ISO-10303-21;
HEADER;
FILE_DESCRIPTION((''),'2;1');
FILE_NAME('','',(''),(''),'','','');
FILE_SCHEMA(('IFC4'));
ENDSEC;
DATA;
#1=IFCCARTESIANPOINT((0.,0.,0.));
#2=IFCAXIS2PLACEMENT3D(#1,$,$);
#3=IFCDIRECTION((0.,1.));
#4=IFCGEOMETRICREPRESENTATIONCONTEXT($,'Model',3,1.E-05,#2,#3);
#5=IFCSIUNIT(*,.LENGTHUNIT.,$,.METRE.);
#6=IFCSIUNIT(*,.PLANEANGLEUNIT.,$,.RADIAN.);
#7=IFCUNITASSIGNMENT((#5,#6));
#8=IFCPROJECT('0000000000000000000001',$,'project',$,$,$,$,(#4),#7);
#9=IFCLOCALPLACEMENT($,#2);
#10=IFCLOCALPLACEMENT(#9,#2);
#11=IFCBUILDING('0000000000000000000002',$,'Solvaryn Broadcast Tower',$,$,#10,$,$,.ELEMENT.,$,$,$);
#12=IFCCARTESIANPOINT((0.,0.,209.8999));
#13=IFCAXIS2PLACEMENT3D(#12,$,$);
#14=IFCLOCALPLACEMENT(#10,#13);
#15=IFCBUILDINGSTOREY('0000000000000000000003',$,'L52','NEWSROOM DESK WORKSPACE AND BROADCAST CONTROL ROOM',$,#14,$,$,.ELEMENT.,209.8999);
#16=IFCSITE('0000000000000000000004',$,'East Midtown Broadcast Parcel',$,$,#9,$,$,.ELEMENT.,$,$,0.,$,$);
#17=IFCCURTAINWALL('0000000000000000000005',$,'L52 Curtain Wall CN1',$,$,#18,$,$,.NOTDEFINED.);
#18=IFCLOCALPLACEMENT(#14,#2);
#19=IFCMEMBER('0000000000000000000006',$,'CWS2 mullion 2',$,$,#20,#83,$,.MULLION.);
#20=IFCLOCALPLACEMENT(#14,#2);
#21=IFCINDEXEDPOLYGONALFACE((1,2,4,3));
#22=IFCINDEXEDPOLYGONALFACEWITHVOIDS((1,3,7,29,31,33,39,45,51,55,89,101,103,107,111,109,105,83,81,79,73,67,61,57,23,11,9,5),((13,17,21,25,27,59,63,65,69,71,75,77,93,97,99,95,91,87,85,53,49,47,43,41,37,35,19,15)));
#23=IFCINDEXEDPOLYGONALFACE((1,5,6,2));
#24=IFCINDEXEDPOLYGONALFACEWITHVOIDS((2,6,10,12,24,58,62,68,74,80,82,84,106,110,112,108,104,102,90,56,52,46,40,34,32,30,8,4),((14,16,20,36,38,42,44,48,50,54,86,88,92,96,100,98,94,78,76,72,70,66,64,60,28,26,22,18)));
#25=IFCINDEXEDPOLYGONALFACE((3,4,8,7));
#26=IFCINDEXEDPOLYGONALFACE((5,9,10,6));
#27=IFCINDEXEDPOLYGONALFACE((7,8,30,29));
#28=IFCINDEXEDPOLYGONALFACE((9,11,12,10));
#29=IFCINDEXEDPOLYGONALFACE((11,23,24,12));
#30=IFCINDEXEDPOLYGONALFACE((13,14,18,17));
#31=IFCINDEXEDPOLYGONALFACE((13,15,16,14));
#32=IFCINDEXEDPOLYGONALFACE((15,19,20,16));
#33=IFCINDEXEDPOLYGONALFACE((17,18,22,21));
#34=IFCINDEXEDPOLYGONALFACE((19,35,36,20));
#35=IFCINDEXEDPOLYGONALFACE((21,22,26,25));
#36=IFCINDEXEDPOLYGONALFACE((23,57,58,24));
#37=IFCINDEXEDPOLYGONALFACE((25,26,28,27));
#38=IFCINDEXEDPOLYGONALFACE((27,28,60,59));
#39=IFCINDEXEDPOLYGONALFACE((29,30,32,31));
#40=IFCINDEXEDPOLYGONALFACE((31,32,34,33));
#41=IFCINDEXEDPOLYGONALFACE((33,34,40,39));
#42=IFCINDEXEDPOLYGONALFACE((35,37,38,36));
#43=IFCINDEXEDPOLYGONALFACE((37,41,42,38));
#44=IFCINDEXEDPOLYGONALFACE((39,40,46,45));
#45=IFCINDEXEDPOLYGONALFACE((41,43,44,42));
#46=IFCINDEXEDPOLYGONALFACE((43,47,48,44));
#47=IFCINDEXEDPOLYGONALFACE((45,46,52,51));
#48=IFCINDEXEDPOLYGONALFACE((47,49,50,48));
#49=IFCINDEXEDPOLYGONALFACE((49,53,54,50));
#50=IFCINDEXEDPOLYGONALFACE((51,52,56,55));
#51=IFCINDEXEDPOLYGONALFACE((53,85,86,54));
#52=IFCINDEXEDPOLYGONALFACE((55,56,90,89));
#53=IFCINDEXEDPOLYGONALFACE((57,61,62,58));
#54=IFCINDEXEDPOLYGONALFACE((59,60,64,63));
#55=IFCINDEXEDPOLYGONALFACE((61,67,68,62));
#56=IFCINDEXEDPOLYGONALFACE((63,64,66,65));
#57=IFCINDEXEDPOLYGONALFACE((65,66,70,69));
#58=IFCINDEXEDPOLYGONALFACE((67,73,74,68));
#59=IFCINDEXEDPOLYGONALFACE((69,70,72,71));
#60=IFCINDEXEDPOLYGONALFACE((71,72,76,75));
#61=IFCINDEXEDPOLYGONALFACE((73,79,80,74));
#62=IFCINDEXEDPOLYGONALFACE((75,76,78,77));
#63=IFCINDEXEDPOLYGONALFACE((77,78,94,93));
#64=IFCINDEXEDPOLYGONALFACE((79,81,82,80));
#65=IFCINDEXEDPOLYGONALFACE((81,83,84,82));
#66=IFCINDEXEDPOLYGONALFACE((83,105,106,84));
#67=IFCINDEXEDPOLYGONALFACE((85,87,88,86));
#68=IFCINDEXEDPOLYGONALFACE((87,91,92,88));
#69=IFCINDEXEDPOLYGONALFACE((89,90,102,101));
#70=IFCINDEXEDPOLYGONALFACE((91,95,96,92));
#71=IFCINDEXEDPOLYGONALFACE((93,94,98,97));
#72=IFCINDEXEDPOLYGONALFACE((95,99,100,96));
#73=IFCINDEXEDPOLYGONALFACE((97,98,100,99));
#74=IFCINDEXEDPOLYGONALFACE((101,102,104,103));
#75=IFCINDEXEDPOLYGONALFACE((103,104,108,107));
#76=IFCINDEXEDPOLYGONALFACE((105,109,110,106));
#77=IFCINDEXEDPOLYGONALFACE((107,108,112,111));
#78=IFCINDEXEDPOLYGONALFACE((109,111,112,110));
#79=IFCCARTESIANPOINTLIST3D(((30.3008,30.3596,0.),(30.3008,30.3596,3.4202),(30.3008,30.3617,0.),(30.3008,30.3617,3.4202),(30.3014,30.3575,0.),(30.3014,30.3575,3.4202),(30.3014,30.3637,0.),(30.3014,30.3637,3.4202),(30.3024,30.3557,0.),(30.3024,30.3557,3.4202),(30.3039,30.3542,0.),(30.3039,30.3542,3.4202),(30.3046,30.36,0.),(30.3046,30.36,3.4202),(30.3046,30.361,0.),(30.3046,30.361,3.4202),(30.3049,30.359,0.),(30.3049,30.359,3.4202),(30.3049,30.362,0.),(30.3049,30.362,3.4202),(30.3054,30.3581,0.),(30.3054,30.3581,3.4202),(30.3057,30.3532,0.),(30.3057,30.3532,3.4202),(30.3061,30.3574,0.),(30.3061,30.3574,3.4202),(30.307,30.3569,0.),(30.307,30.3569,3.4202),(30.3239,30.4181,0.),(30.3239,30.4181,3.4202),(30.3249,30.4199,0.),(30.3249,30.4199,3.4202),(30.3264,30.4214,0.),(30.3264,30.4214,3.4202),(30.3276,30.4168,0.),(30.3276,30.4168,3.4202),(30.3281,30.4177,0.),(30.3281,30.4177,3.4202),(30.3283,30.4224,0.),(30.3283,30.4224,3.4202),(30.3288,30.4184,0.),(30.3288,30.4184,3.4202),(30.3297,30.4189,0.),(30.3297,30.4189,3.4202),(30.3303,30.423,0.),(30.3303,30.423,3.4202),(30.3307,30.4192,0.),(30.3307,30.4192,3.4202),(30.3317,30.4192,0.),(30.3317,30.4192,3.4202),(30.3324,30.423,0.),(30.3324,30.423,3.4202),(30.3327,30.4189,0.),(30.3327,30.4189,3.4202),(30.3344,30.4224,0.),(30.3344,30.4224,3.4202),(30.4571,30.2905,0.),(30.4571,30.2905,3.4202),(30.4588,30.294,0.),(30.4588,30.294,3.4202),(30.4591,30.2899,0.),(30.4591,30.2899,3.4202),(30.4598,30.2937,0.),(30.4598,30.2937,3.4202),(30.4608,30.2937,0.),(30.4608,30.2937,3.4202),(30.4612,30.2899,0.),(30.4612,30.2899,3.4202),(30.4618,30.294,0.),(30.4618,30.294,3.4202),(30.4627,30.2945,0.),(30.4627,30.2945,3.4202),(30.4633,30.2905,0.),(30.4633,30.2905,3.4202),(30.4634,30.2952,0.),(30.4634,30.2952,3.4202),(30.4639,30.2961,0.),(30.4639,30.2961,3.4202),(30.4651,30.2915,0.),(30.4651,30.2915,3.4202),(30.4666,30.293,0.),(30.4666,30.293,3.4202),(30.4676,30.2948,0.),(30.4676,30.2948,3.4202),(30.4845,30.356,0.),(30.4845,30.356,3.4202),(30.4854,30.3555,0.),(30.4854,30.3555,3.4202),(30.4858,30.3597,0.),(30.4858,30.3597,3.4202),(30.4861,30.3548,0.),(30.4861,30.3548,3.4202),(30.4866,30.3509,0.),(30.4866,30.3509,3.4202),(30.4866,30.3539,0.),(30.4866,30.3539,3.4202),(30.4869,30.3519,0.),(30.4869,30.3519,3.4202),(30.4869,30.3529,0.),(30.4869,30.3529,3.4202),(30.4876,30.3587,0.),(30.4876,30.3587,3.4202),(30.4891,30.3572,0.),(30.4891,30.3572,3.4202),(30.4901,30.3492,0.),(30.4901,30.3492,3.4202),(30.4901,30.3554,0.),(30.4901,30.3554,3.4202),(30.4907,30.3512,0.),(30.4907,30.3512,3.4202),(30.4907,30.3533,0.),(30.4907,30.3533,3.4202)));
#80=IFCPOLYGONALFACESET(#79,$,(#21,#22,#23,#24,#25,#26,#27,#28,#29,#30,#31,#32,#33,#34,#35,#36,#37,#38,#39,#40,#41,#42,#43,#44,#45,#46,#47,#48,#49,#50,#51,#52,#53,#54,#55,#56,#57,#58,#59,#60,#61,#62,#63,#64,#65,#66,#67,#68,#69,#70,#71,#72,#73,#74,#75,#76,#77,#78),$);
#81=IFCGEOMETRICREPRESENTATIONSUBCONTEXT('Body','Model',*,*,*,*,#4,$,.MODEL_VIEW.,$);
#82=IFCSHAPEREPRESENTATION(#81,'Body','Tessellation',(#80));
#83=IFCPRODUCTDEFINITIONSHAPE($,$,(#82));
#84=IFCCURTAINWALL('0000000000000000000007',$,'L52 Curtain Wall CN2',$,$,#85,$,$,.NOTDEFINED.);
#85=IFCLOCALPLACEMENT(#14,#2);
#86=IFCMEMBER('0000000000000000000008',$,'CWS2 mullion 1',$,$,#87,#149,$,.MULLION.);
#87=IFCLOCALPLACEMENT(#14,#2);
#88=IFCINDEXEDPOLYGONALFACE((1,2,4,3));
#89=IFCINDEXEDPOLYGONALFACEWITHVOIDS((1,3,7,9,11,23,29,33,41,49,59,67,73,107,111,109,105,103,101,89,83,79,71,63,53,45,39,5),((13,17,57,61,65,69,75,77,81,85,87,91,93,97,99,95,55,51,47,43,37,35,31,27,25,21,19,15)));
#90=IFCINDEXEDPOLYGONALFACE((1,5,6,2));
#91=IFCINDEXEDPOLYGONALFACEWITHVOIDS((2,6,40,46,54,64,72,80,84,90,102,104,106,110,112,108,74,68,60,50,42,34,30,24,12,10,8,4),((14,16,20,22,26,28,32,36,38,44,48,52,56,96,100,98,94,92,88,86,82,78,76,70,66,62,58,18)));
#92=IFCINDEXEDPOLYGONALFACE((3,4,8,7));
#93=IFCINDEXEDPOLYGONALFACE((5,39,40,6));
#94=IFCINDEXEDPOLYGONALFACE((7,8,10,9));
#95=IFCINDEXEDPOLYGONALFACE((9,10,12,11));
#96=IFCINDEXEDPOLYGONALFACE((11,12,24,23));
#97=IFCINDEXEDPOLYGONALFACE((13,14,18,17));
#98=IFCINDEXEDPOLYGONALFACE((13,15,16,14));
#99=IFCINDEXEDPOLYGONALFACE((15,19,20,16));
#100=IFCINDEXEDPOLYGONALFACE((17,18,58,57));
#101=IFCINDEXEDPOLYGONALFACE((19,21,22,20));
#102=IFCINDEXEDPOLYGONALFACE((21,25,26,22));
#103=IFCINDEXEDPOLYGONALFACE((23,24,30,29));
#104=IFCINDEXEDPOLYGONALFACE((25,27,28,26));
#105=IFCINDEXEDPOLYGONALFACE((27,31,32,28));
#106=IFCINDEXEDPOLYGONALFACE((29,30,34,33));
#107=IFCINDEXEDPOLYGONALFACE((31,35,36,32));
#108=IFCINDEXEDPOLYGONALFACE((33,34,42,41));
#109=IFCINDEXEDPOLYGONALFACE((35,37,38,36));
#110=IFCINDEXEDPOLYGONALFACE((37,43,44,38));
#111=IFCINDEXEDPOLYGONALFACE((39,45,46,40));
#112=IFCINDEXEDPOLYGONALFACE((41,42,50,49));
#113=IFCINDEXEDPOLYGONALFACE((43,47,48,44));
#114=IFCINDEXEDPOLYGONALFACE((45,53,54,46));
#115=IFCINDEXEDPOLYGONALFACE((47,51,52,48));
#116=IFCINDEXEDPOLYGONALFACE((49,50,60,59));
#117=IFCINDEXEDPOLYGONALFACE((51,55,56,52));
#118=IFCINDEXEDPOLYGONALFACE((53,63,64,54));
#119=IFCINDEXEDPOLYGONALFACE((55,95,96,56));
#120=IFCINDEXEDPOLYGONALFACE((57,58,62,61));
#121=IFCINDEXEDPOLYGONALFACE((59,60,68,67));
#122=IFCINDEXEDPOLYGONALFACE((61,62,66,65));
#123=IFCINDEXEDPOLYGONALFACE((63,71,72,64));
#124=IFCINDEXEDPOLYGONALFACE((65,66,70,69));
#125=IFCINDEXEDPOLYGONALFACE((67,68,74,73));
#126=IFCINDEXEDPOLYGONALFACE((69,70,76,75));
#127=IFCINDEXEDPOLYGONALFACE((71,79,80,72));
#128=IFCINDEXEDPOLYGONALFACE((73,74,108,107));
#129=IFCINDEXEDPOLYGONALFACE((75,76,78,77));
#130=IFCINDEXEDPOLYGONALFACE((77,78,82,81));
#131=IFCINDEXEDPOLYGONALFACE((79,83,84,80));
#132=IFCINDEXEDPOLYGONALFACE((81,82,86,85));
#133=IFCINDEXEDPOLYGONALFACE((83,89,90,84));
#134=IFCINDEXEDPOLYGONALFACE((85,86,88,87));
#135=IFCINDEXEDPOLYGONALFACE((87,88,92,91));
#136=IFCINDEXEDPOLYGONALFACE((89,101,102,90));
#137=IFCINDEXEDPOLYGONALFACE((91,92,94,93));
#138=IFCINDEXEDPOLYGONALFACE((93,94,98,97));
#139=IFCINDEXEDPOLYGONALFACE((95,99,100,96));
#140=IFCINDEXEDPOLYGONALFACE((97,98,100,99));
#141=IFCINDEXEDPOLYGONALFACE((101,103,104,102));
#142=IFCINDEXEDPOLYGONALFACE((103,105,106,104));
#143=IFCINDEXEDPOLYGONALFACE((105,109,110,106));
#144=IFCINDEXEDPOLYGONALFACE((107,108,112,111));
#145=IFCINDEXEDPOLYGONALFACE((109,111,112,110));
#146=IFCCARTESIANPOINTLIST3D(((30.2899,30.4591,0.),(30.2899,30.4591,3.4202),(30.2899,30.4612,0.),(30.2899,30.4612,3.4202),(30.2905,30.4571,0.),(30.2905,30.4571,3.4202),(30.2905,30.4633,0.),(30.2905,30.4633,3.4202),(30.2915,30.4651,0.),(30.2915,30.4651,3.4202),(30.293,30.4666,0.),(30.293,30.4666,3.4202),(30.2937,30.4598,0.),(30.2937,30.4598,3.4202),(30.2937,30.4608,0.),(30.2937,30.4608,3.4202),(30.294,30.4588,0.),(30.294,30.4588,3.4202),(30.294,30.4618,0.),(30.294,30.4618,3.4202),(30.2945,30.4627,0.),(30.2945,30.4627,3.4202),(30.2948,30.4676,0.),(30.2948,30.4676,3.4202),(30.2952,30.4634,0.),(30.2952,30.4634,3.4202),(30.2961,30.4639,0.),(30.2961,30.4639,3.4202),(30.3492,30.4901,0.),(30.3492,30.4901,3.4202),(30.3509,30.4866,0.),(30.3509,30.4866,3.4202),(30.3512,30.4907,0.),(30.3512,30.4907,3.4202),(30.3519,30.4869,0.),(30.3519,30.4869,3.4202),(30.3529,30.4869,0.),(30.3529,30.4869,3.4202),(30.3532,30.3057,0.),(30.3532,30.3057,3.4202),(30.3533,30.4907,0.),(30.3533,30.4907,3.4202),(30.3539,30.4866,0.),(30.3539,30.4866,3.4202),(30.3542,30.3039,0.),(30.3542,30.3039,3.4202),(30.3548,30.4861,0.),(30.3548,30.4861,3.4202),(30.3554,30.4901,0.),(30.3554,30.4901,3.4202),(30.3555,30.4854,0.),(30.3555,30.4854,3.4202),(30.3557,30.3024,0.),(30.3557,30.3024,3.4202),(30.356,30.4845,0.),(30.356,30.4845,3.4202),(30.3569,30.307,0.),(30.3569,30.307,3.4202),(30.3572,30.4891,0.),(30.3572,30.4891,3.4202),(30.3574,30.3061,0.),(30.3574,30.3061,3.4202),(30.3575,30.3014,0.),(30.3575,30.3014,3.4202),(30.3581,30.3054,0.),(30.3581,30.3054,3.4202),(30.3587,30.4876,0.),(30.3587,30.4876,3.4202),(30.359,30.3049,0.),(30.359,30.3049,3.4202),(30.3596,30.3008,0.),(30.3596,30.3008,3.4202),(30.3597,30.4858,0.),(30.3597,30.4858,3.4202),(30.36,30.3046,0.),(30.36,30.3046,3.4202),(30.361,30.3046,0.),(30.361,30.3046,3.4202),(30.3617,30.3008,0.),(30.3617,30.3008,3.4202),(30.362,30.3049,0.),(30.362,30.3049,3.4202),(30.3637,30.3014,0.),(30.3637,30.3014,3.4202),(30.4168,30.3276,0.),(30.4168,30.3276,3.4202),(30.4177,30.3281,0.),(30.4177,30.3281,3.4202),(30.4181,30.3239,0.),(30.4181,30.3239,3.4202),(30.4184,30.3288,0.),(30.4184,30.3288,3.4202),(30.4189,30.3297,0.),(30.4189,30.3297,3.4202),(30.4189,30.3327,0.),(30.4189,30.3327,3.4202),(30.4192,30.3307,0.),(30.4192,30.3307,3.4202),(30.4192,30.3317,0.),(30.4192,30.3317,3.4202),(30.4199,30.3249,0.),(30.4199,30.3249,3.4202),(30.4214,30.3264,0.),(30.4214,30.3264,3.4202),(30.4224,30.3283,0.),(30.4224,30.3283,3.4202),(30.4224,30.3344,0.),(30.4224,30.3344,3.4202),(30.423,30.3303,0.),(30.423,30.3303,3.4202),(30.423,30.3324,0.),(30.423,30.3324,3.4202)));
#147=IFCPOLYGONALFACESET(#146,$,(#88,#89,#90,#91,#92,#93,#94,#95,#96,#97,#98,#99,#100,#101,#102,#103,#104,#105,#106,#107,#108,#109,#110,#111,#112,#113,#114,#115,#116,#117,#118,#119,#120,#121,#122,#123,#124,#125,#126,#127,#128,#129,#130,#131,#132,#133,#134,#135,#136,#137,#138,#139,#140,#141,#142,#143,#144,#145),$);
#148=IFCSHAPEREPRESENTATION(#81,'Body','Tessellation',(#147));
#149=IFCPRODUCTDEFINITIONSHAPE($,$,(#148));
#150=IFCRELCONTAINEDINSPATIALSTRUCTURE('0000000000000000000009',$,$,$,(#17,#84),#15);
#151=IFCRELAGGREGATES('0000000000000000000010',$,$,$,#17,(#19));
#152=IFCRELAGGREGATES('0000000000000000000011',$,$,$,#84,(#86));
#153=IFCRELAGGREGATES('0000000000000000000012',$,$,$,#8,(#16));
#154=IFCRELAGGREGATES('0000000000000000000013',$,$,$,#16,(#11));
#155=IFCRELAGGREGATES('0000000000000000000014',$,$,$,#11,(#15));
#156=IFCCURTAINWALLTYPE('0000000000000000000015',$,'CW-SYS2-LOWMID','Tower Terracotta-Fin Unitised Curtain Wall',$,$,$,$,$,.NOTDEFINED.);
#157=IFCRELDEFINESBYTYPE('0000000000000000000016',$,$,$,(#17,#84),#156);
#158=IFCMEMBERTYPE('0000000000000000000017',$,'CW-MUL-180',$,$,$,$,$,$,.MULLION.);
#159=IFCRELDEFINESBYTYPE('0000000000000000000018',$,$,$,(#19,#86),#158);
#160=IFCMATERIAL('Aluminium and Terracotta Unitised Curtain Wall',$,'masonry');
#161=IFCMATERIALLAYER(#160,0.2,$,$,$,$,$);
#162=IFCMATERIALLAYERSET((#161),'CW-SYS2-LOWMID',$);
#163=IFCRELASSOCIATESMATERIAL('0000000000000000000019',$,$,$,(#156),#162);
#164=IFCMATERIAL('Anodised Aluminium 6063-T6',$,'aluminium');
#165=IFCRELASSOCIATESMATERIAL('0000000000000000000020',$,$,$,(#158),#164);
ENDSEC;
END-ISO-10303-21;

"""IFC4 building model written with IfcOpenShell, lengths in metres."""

from ifc_helpers import new_model, si_unit, direction, frame, origin, origin_2d, place, context, subcontext, project, spatial, hollow_rectangle, extrude, material, layer, layer_set, material_profile, profile_set, type_object, element, aggregate, save


model = new_model("IFC4")

# Units and contexts
model_context = context("Model", 3, precision=1e-05, world=origin(), true_north=direction((0.0, 1.0)))
body_context = subcontext(model_context, "Body", "Model", "MODEL_VIEW")
ifc_project = project(units=[si_unit("LENGTHUNIT", "METRE"), si_unit("PLANEANGLEUNIT", "RADIAN")], contexts=[model_context])

# Site, building, storey
site_placement = place(None, origin())
site = spatial("IfcSite", under=ifc_project, at=site_placement, Name="East Midtown Broadcast Parcel", CompositionType="ELEMENT", RefElevation=0.0)
building_placement = place(site_placement, origin())
building = spatial("IfcBuilding", under=site, at=building_placement, Name="Solvaryn Broadcast Tower", CompositionType="ELEMENT")
storey_placement = place(building_placement, frame((0.0, 0.0, 209.8999)))
storey = spatial("IfcBuildingStorey", under=building, at=storey_placement, Name="L52", Description="NEWSROOM DESK WORKSPACE AND BROADCAST CONTROL ROOM", CompositionType="ELEMENT", Elevation=209.8999)

# Curtain wall, member
ifc_material_1 = material(Name="Aluminium and Terracotta Unitised Curtain Wall", Category="masonry")
ifc_layer_1 = layer(ifc_material_1, 0.2)
ifc_layer_set_1 = layer_set([ifc_layer_1], Name="CW-SYS2-LOWMID")
curtain_wall_type = type_object("IfcCurtainWallType", Name="CW-SYS2-LOWMID", Description="Tower Terracotta-Fin Unitised Curtain Wall", PredefinedType="NOTDEFINED", material=ifc_layer_set_1)
curtain_wall_1_placement = place(storey_placement, origin())
curtain_wall_1 = element("IfcCurtainWall", 1, at=curtain_wall_1_placement, inside=storey, type_object=curtain_wall_type, Name="L52 Curtain Wall CN1", PredefinedType="NOTDEFINED")
ifc_material_2 = material(Name="Anodised Aluminium 6063-T6", Category="aluminium")
ifc_material_profile_1 = material_profile(ifc_material_2, hollow_rectangle(XDim=0.075, YDim=0.1799, WallThickness=0.0039, InnerFilletRadius=0.0039, OuterFilletRadius=0.0081, at=origin_2d()))
ifc_profile_set_1 = profile_set([ifc_material_profile_1], Name="Anodised Aluminium 6063-T6")
member_type_1 = type_object("IfcMemberType", Name="CW-MUL-180", PredefinedType="MULLION", material=ifc_profile_set_1)
member_1_placement = place(storey_placement, frame((30.3958, 30.3564, 0.0), z_axis=(0.0, 0.0, 1.0), x_axis=(-0.382646, -0.923895, 0.0)))
member_1 = element("IfcMember", 2, at=member_1_placement, type_object=member_type_1, Name="CWS2 mullion 2", PredefinedType="MULLION", context=body_context, shape_type="SweptSolid", body=[
    extrude(hollow_rectangle(XDim=0.075, YDim=0.1799, WallThickness=0.0039, InnerFilletRadius=0.0039, OuterFilletRadius=0.0081, at=origin_2d()), origin(), (0.0, 0.0, 1.0), 3.4202),
])

# Curtain wall, member
curtain_wall_2_placement = place(storey_placement, origin())
curtain_wall_2 = element("IfcCurtainWall", 3, at=curtain_wall_2_placement, inside=storey, type_object=curtain_wall_type, Name="L52 Curtain Wall CN2", PredefinedType="NOTDEFINED")
member_2_placement = place(storey_placement, frame((30.3564, 30.3958, 0.0), z_axis=(0.0, 0.0, 1.0), x_axis=(-0.923895, -0.382646, 0.0)))
member_2 = element("IfcMember", 4, at=member_2_placement, type_object=member_type_1, Name="CWS2 mullion 1", PredefinedType="MULLION", context=body_context, shape_type="SweptSolid", body=[
    extrude(hollow_rectangle(XDim=0.075, YDim=0.1799, WallThickness=0.0039, InnerFilletRadius=0.0039, OuterFilletRadius=0.0081, at=origin_2d()), origin(), (0.0, 0.0, 1.0), 3.4202),
])

aggregate(curtain_wall_1, [member_1])
aggregate(curtain_wall_2, [member_2])

save(model, "model.ifc")
